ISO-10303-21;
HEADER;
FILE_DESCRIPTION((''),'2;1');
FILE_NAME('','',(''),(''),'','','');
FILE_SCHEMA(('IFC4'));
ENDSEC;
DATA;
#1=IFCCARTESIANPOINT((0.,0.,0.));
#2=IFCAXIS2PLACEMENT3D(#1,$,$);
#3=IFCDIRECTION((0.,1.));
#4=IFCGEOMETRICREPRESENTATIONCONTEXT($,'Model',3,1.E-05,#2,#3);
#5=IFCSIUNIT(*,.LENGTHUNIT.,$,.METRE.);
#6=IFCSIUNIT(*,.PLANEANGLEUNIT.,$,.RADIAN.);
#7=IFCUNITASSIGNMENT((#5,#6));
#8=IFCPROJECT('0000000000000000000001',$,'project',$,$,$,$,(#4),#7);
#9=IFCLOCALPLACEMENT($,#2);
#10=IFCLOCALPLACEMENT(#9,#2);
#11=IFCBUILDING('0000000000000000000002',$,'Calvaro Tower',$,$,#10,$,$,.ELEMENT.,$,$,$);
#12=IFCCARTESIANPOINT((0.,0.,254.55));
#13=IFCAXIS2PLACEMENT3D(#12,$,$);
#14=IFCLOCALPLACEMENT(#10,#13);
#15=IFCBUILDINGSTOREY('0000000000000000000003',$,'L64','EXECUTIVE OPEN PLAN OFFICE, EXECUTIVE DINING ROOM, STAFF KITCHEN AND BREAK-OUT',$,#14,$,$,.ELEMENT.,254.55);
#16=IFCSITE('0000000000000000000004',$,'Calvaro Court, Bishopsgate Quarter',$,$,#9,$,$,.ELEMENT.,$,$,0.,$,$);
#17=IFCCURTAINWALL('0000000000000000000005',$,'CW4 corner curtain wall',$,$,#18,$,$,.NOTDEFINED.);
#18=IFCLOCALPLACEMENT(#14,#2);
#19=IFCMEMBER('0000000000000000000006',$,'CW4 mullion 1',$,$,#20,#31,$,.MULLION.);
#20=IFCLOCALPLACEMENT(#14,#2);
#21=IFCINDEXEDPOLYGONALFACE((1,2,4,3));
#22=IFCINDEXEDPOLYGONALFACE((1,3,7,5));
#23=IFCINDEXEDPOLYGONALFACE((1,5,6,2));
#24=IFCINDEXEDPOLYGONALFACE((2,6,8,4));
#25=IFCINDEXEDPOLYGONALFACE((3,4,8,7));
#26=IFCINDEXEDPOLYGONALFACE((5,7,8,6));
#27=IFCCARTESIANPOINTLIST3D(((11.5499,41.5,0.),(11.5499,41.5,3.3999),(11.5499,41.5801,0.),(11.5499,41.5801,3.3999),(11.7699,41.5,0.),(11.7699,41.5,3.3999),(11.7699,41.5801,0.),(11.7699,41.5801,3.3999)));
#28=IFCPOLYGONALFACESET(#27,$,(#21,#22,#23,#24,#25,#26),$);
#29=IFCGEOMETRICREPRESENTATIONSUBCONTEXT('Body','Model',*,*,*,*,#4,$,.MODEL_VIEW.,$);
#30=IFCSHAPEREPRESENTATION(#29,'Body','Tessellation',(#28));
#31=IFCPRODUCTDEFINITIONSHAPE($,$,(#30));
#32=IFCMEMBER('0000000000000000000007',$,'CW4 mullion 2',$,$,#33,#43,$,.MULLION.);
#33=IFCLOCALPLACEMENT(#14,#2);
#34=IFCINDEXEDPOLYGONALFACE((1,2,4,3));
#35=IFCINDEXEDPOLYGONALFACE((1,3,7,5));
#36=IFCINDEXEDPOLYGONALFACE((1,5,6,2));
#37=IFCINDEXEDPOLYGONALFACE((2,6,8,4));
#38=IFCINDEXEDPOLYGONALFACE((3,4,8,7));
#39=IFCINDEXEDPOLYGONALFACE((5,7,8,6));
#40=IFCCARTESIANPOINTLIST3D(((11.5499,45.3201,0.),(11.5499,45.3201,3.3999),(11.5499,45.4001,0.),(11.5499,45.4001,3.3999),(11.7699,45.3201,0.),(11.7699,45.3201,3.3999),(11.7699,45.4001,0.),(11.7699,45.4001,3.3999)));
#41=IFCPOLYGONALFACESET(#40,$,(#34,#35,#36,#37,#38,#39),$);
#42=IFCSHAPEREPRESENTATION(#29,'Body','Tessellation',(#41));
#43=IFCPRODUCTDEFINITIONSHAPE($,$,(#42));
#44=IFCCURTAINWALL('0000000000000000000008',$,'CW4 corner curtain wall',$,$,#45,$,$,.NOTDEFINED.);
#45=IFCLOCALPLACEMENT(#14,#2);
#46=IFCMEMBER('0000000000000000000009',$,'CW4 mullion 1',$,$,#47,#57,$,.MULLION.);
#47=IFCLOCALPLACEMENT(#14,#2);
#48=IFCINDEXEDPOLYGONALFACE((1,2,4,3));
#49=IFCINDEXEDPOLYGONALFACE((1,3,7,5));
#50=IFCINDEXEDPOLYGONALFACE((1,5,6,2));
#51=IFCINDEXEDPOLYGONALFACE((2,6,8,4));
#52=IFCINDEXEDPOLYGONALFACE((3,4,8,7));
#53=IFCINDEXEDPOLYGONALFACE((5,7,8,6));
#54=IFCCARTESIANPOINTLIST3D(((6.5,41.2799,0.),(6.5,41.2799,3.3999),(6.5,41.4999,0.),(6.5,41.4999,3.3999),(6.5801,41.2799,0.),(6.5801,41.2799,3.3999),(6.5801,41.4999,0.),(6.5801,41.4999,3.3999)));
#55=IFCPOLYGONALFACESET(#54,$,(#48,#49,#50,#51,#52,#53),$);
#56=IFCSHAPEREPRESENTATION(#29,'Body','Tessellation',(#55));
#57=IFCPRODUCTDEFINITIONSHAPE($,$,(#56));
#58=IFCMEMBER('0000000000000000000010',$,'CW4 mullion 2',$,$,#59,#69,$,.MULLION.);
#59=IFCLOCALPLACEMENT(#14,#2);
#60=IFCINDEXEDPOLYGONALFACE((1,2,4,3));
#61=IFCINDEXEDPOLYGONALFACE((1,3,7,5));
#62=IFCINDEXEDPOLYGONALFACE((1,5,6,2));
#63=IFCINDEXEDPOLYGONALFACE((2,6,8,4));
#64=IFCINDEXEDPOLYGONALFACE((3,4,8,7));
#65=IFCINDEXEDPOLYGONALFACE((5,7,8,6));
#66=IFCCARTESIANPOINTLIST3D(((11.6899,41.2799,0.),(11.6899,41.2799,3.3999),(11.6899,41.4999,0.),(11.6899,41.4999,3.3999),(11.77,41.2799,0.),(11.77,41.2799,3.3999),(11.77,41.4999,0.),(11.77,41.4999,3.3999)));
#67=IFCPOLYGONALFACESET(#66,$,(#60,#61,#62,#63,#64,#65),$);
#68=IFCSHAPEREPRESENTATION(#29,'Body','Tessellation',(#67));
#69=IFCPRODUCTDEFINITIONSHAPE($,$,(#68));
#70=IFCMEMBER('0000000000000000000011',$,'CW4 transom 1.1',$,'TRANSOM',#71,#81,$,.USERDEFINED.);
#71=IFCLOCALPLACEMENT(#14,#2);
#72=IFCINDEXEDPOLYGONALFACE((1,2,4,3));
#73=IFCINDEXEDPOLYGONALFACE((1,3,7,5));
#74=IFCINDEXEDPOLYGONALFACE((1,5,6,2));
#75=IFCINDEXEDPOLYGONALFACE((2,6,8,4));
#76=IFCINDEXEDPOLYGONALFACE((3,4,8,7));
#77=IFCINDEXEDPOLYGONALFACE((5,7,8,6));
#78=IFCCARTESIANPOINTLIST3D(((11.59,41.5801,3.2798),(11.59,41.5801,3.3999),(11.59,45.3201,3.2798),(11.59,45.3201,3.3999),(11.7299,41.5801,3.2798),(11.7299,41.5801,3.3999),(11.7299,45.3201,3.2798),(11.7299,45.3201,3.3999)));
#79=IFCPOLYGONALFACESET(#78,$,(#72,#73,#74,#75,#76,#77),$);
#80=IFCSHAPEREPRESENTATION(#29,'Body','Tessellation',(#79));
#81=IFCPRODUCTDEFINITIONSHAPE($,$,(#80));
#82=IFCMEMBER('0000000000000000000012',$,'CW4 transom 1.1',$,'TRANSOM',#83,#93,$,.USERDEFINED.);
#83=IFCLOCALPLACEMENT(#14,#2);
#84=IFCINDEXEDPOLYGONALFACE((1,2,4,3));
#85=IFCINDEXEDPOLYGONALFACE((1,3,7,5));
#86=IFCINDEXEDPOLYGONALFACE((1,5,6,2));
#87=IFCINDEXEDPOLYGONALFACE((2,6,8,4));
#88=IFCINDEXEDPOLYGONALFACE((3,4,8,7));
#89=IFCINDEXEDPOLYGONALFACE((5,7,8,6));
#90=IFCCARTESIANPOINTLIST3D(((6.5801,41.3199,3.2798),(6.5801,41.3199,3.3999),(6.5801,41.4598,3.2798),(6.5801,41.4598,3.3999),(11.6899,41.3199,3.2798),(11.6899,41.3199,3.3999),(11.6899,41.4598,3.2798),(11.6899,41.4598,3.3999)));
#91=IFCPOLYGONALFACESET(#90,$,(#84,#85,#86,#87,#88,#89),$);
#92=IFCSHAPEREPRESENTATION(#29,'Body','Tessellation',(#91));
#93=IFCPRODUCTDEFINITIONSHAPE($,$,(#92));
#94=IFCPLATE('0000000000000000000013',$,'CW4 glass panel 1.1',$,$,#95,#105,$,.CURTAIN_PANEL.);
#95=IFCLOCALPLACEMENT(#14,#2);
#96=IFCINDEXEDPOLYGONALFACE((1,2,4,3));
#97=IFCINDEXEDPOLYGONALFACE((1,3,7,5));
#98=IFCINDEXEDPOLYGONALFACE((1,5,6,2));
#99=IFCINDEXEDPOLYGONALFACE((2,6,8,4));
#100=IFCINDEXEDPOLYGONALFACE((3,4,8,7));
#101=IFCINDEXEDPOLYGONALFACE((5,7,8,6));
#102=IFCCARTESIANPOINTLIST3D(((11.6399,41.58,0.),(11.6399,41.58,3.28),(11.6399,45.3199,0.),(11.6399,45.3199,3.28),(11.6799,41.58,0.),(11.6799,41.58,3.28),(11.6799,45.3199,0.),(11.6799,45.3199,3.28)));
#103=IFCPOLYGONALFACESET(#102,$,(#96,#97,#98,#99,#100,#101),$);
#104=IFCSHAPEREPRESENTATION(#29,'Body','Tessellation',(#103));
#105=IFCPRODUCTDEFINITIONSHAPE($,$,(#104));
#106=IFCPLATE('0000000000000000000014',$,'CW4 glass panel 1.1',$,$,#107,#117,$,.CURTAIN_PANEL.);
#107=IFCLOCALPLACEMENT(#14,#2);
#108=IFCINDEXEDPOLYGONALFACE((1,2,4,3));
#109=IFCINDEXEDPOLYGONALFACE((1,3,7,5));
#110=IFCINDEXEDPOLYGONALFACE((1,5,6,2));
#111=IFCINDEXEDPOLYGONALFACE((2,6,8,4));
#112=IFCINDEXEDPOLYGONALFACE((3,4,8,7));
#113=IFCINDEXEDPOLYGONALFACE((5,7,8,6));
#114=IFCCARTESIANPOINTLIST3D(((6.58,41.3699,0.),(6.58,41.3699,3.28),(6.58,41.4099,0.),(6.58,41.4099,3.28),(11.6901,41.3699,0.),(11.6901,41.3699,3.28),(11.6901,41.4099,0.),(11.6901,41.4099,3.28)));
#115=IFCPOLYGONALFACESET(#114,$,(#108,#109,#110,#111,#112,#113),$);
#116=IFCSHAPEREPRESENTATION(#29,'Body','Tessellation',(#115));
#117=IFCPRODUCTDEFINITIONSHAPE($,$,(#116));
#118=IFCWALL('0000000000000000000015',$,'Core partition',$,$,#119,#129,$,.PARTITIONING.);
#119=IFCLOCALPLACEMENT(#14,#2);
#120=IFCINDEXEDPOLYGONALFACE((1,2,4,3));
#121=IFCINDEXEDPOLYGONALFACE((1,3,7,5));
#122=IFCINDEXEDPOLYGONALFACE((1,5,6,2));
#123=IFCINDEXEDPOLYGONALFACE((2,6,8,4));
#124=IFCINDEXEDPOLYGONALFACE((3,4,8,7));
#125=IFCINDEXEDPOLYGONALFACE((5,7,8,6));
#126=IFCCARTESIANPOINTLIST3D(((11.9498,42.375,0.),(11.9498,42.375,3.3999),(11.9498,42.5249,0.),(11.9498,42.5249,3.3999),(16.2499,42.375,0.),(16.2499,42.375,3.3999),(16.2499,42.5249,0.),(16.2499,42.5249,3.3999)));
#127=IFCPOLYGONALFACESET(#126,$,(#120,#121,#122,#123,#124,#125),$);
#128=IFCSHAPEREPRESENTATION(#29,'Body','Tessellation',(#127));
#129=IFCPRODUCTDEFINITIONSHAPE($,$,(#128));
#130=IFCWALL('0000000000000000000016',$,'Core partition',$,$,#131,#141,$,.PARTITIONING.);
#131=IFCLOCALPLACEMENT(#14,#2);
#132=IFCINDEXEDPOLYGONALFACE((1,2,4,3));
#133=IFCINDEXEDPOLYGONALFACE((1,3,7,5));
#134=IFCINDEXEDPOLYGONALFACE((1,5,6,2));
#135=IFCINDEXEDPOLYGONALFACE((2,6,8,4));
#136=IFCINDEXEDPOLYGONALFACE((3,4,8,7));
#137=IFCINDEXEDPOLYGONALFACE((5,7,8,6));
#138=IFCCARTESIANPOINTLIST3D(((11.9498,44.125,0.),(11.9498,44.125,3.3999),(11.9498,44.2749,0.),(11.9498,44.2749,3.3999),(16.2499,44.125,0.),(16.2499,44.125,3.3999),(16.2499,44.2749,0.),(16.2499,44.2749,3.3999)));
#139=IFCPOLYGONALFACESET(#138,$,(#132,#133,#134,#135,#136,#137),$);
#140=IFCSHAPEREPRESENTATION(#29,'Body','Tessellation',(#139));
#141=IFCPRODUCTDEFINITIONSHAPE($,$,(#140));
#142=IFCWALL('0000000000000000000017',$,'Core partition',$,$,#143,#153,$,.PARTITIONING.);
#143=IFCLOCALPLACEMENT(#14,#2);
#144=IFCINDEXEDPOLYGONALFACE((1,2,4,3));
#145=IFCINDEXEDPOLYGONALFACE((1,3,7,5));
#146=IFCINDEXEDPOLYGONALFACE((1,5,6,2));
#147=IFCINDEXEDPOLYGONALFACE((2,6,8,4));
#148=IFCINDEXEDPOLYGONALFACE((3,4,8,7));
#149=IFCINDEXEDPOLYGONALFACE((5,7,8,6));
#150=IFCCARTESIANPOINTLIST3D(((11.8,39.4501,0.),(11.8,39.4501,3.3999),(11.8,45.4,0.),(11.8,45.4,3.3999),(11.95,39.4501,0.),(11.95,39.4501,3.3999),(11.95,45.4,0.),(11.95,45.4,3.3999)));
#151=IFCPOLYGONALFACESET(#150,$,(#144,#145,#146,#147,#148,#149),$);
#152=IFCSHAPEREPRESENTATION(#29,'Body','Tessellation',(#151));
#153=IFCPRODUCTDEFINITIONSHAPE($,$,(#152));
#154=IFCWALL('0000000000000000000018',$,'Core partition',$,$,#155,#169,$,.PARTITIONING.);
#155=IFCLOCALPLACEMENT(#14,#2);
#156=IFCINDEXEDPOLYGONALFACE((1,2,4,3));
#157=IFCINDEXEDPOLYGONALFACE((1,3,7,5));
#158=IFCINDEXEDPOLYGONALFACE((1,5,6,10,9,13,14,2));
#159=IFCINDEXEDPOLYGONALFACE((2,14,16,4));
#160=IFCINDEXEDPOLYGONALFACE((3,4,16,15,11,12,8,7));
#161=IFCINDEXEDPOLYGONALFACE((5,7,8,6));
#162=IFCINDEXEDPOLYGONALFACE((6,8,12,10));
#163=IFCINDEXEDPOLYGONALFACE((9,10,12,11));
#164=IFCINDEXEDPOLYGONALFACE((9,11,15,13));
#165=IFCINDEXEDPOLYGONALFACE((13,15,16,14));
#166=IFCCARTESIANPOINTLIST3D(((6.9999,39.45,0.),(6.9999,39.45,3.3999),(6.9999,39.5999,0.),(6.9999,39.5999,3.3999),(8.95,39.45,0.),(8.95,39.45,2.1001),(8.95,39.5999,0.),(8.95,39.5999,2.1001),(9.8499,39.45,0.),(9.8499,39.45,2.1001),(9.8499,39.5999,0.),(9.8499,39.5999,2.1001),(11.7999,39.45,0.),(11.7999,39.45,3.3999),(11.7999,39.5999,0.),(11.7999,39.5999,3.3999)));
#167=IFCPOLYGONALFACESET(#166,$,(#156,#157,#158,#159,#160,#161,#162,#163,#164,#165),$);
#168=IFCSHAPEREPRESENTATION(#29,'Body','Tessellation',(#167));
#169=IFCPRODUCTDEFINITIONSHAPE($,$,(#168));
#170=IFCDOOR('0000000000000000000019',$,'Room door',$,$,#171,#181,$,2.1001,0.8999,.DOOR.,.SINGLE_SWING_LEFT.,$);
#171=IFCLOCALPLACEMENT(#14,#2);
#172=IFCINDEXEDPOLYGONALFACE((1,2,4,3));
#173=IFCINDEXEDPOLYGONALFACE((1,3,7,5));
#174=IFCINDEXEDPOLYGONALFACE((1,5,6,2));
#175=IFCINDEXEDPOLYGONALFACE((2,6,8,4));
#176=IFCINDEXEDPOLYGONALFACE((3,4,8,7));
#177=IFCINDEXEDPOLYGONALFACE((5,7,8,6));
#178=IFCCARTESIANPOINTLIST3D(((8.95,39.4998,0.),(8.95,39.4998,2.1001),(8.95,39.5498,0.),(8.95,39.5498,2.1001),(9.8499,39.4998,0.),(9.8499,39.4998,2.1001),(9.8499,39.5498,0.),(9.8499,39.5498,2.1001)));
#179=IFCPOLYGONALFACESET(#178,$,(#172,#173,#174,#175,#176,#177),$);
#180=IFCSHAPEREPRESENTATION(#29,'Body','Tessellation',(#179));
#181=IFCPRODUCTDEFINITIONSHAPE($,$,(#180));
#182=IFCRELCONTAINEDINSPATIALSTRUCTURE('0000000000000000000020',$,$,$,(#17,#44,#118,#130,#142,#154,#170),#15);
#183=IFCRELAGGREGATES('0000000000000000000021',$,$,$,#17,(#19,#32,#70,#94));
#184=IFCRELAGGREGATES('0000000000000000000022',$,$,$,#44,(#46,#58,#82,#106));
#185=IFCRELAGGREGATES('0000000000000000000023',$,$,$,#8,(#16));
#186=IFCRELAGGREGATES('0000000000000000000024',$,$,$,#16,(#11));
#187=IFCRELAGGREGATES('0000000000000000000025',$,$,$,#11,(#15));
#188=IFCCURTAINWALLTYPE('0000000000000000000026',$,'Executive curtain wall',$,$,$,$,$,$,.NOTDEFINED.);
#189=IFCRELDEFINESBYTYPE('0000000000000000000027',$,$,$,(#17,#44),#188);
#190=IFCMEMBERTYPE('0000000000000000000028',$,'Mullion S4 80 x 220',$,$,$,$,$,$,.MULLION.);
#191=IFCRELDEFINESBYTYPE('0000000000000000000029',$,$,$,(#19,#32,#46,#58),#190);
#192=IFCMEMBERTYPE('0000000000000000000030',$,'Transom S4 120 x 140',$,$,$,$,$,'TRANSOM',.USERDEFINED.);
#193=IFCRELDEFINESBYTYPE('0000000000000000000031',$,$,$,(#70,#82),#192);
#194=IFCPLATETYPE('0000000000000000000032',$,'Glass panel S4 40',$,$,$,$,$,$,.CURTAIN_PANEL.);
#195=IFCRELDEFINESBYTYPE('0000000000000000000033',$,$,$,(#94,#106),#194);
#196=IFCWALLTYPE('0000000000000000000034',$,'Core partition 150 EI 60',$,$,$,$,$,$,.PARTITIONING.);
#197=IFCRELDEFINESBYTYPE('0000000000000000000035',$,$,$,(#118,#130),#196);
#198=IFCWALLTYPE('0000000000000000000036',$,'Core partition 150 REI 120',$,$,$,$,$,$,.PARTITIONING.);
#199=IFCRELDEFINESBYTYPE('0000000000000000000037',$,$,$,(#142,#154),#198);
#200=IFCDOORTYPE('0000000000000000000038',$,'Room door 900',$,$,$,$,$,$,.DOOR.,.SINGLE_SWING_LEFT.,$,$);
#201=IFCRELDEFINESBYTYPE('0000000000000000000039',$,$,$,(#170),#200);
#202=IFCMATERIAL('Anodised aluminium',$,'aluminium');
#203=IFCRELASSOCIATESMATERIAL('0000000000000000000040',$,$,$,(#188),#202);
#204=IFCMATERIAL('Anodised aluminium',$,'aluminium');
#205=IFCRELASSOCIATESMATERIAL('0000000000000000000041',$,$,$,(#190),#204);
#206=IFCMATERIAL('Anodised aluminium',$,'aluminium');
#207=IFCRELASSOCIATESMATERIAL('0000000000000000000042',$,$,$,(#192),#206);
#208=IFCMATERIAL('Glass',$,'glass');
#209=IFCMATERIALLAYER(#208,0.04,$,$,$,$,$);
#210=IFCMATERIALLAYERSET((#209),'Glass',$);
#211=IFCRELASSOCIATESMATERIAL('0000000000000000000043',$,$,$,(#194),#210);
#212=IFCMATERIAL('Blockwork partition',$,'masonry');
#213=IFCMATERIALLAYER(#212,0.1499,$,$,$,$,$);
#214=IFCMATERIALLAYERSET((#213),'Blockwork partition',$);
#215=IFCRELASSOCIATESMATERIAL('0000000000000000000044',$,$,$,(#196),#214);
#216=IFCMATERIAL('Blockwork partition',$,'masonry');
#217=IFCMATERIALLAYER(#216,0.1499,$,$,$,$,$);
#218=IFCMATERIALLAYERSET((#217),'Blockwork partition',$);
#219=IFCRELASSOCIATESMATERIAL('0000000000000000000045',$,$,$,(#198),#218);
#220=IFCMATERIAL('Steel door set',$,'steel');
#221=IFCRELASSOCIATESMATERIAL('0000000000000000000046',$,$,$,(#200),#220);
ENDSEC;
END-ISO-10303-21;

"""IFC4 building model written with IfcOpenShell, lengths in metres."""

from ifc_helpers import new_model, si_unit, direction, frame, frame_2d, origin, origin_2d, place, context, subcontext, project, spatial, rectangle, extrude, material, layer, layer_set, material_profile, profile_set, type_object, element, fill, aggregate, save


model = new_model("IFC4")

# Units and contexts
model_context = context("Model", 3, precision=1e-05, world=origin(), true_north=direction((0.0, 1.0)))
body_context = subcontext(model_context, "Body", "Model", "MODEL_VIEW")
ifc_project = project(units=[si_unit("LENGTHUNIT", "METRE"), si_unit("PLANEANGLEUNIT", "RADIAN")], contexts=[model_context])

# Site, building, storey
site_placement = place(None, origin())
site = spatial("IfcSite", under=ifc_project, at=site_placement, Name="Calvaro Court, Bishopsgate Quarter", CompositionType="ELEMENT", RefElevation=0.0)
building_placement = place(site_placement, origin())
building = spatial("IfcBuilding", under=site, at=building_placement, Name="Calvaro Tower", CompositionType="ELEMENT")
storey_placement = place(building_placement, frame((0.0, 0.0, 254.55)))
storey = spatial("IfcBuildingStorey", under=building, at=storey_placement, Name="L64", Description="EXECUTIVE OPEN PLAN OFFICE, EXECUTIVE DINING ROOM, STAFF KITCHEN AND BREAK-OUT", CompositionType="ELEMENT", Elevation=254.55)

# Curtain walls, members
ifc_material_1 = material(Name="Anodised aluminium", Category="aluminium")
curtain_wall_type = type_object("IfcCurtainWallType", Name="Executive curtain wall", PredefinedType="NOTDEFINED", material=ifc_material_1)
curtain_wall_1_placement = place(storey_placement, origin())
curtain_wall_1 = element("IfcCurtainWall", 1, at=curtain_wall_1_placement, inside=storey, type_object=curtain_wall_type, Name="CW4 corner curtain wall", PredefinedType="NOTDEFINED")
ifc_material_2 = material(Name="Anodised aluminium", Category="aluminium")
ifc_material_profile_1 = material_profile(ifc_material_2, rectangle(XDim=0.22, YDim=0.0801, at=origin_2d()), Name="Mullion S4 80 x 220")
ifc_profile_set_1 = profile_set([ifc_material_profile_1], Name="Anodised aluminium")
member_type_1 = type_object("IfcMemberType", Name="Mullion S4 80 x 220", PredefinedType="MULLION", material=ifc_profile_set_1)
member_1_placement = place(storey_placement, frame((11.6599, 41.54, 0.0), z_axis=(0.0, 0.0, 1.0), x_axis=(-1.0, 0.0, 0.0)))
member_1 = element("IfcMember", 2, at=member_1_placement, type_object=member_type_1, Name="CW4 mullion 1", PredefinedType="MULLION", context=body_context, shape_type="SweptSolid", body=[
    extrude(rectangle(XDim=0.22, YDim=0.0801, at=origin_2d()), origin(), (0.0, 0.0, 1.0), 3.3999),
])
member_2_placement = place(storey_placement, frame((11.6599, 45.3601, 0.0), z_axis=(0.0, 0.0, 1.0), x_axis=(-1.0, 0.0, 0.0)))
member_2 = element("IfcMember", 3, at=member_2_placement, type_object=member_type_1, Name="CW4 mullion 2", PredefinedType="MULLION", context=body_context, shape_type="SweptSolid", body=[
    extrude(rectangle(XDim=0.22, YDim=0.0801, at=origin_2d()), origin(), (0.0, 0.0, 1.0), 3.3999),
])
curtain_wall_2_placement = place(storey_placement, origin())
curtain_wall_2 = element("IfcCurtainWall", 4, at=curtain_wall_2_placement, inside=storey, type_object=curtain_wall_type, Name="CW4 corner curtain wall", PredefinedType="NOTDEFINED")
member_3_placement = place(storey_placement, frame((6.54, 41.3899, 0.0), z_axis=(0.0, 0.0, 1.0), x_axis=(0.0, 1.0, 0.0)))
member_3 = element("IfcMember", 5, at=member_3_placement, type_object=member_type_1, Name="CW4 mullion 1", PredefinedType="MULLION", context=body_context, shape_type="SweptSolid", body=[
    extrude(rectangle(XDim=0.22, YDim=0.0801, at=origin_2d()), origin(), (0.0, 0.0, 1.0), 3.3999),
])
member_4_placement = place(storey_placement, frame((11.73, 41.3899, 0.0), z_axis=(0.0, 0.0, 1.0), x_axis=(0.0, 1.0, 0.0)))
member_4 = element("IfcMember", 6, at=member_4_placement, type_object=member_type_1, Name="CW4 mullion 2", PredefinedType="MULLION", context=body_context, shape_type="SweptSolid", body=[
    extrude(rectangle(XDim=0.22, YDim=0.0801, at=origin_2d()), origin(), (0.0, 0.0, 1.0), 3.3999),
])

# Members
ifc_material_3 = material(Name="Anodised aluminium", Category="aluminium")
ifc_material_profile_2 = material_profile(ifc_material_3, rectangle(XDim=0.1399, YDim=0.1201, at=origin_2d()), Name="Transom S4 120 x 140")
ifc_profile_set_2 = profile_set([ifc_material_profile_2], Name="Anodised aluminium")
member_type_2 = type_object("IfcMemberType", Name="Transom S4 120 x 140", ElementType="TRANSOM", PredefinedType="USERDEFINED", material=ifc_profile_set_2)
member_5_placement = place(storey_placement, frame((11.6599, 41.5801, 3.3398), z_axis=(0.0, 1.0, 0.0), x_axis=(-1.0, 0.0, 0.0)))
member_5 = element("IfcMember", 7, at=member_5_placement, type_object=member_type_2, Name="CW4 transom 1.1", ObjectType="TRANSOM", PredefinedType="USERDEFINED", context=body_context, shape_type="SweptSolid", body=[
    extrude(rectangle(XDim=0.1399, YDim=0.1201, at=origin_2d()), origin(), (0.0, 0.0, 1.0), 3.74),
])
member_6_placement = place(storey_placement, frame((6.5801, 41.3899, 3.3398), z_axis=(1.0, 0.0, 0.0), x_axis=(0.0, 1.0, 0.0)))
member_6 = element("IfcMember", 8, at=member_6_placement, type_object=member_type_2, Name="CW4 transom 1.1", ObjectType="TRANSOM", PredefinedType="USERDEFINED", context=body_context, shape_type="SweptSolid", body=[
    extrude(rectangle(XDim=0.1399, YDim=0.1201, at=origin_2d()), origin(), (0.0, 0.0, 1.0), 5.1099),
])

# Plates
ifc_material_4 = material(Name="Glass", Category="glass")
ifc_layer_1 = layer(ifc_material_4, 0.04)
ifc_layer_set_1 = layer_set([ifc_layer_1], Name="Glass")
plate_type = type_object("IfcPlateType", Name="Glass panel S4 40", PredefinedType="CURTAIN_PANEL", material=ifc_layer_set_1)
plate_1_placement = place(storey_placement, frame((11.6599, 43.45, 0.0), z_axis=(0.0, 0.0, 1.0), x_axis=(0.0, 1.0, 0.0)))
plate_1 = element("IfcPlate", 9, at=plate_1_placement, type_object=plate_type, Name="CW4 glass panel 1.1", PredefinedType="CURTAIN_PANEL", context=body_context, shape_type="SweptSolid", body=[
    extrude(rectangle(XDim=3.74, YDim=0.04, at=origin_2d()), origin(), (0.0, 0.0, 1.0), 3.28),
])
aggregate(curtain_wall_1, [member_1, member_2, member_5, plate_1])
plate_2_placement = place(storey_placement, frame((9.135, 41.3899, 0.0), z_axis=(0.0, 0.0, 1.0), x_axis=(1.0, 0.0, 0.0)))
plate_2 = element("IfcPlate", 10, at=plate_2_placement, type_object=plate_type, Name="CW4 glass panel 1.1", PredefinedType="CURTAIN_PANEL", context=body_context, shape_type="SweptSolid", body=[
    extrude(rectangle(XDim=5.1101, YDim=0.04, at=origin_2d()), origin(), (0.0, 0.0, 1.0), 3.28),
])
aggregate(curtain_wall_2, [member_3, member_4, member_6, plate_2])

# Walls
ifc_material_5 = material(Name="Blockwork partition", Category="masonry")
ifc_layer_2 = layer(ifc_material_5, 0.1499)
ifc_layer_set_2 = layer_set([ifc_layer_2], Name="Blockwork partition")
wall_type_1 = type_object("IfcWallType", Name="Core partition 150 EI 60", PredefinedType="PARTITIONING", material=ifc_layer_set_2)
for number, where, z_axis, x_axis, name in (
    (11, (11.95, 42.45, 0.0), (0.0, 0.0, 1.0), (1.0, 0.0, 0.0), "Core partition"),
    (12, (11.95, 44.2, 0.0), (0.0, 0.0, 1.0), (1.0, 0.0, 0.0), "Core partition"),
):
    element("IfcWall", number, at=place(storey_placement, frame(where, z_axis=z_axis, x_axis=x_axis)), inside=storey, type_object=wall_type_1, Name=name, PredefinedType="PARTITIONING", context=body_context, shape_type="SweptSolid", body=[
        extrude(rectangle(XDim=4.3, YDim=0.1499, at=frame_2d((2.1499, 0.0))), origin(), (0.0, 0.0, 1.0), 3.3999),
    ])
ifc_material_6 = material(Name="Blockwork partition", Category="masonry")
ifc_layer_3 = layer(ifc_material_6, 0.1499)
ifc_layer_set_3 = layer_set([ifc_layer_3], Name="Blockwork partition")
wall_type_2 = type_object("IfcWallType", Name="Core partition 150 REI 120", PredefinedType="PARTITIONING", material=ifc_layer_set_3)
wall_1_placement = place(storey_placement, frame((11.875, 39.45, 0.0), z_axis=(0.0, 0.0, 1.0), x_axis=(0.0, 1.0, 0.0)))
element("IfcWall", 13, at=wall_1_placement, inside=storey, type_object=wall_type_2, Name="Core partition", PredefinedType="PARTITIONING", context=body_context, shape_type="SweptSolid", body=[
    extrude(rectangle(XDim=5.95, YDim=0.1499, at=frame_2d((2.9751, 0.0))), origin(), (0.0, 0.0, 1.0), 3.3999),
])

# Wall, opening, door
wall_2_placement = place(storey_placement, frame((7.0, 39.5249, 0.0), z_axis=(0.0, 0.0, 1.0), x_axis=(1.0, 0.0, 0.0)))
wall_2 = element("IfcWall", 14, at=wall_2_placement, inside=storey, type_object=wall_type_2, Name="Core partition", PredefinedType="PARTITIONING", context=body_context, shape_type="SweptSolid", body=[
    extrude(rectangle(XDim=4.8, YDim=0.1499, at=frame_2d((2.3999, 0.0))), origin(), (0.0, 0.0, 1.0), 3.3999),
])
opening_1_placement = place(wall_2_placement, frame((1.95, 0.0, 0.0)))
opening_1 = element("IfcOpeningElement", 15, at=opening_1_placement, cuts=wall_2, PredefinedType="OPENING", context=body_context, shape_type="SweptSolid", body=[
    extrude(rectangle(XDim=0.8999, YDim=2.1001, at=frame_2d((0.45, 1.05))), frame((0.0, 0.085, 0.0), z_axis=(0.0, -1.0, 0.0), x_axis=(1.0, 0.0, 0.0)), (0.0, 0.0, 1.0), 0.1699),
])
ifc_material_7 = material(Name="Steel door set", Category="steel")
door_type_1 = type_object("IfcDoorType", Name="Room door 900", OperationType="SINGLE_SWING_LEFT", PredefinedType="DOOR", material=ifc_material_7)
door_1_placement = place(opening_1_placement, origin())
door_1 = element("IfcDoor", 16, at=door_1_placement, inside=storey, type_object=door_type_1, Name="Room door", OperationType="SINGLE_SWING_LEFT", OverallHeight=2.1001, OverallWidth=0.8999, PredefinedType="DOOR", context=body_context, shape_type="SweptSolid", body=[
    extrude(rectangle(XDim=0.8999, YDim=2.1001, at=frame_2d((0.45, 1.05))), frame((0.0, 0.0249, 0.0), z_axis=(0.0, -1.0, 0.0), x_axis=(1.0, 0.0, 0.0)), (0.0, 0.0, 1.0), 0.05),
])
fill(opening_1, door_1)

save(model, "model.ifc")
